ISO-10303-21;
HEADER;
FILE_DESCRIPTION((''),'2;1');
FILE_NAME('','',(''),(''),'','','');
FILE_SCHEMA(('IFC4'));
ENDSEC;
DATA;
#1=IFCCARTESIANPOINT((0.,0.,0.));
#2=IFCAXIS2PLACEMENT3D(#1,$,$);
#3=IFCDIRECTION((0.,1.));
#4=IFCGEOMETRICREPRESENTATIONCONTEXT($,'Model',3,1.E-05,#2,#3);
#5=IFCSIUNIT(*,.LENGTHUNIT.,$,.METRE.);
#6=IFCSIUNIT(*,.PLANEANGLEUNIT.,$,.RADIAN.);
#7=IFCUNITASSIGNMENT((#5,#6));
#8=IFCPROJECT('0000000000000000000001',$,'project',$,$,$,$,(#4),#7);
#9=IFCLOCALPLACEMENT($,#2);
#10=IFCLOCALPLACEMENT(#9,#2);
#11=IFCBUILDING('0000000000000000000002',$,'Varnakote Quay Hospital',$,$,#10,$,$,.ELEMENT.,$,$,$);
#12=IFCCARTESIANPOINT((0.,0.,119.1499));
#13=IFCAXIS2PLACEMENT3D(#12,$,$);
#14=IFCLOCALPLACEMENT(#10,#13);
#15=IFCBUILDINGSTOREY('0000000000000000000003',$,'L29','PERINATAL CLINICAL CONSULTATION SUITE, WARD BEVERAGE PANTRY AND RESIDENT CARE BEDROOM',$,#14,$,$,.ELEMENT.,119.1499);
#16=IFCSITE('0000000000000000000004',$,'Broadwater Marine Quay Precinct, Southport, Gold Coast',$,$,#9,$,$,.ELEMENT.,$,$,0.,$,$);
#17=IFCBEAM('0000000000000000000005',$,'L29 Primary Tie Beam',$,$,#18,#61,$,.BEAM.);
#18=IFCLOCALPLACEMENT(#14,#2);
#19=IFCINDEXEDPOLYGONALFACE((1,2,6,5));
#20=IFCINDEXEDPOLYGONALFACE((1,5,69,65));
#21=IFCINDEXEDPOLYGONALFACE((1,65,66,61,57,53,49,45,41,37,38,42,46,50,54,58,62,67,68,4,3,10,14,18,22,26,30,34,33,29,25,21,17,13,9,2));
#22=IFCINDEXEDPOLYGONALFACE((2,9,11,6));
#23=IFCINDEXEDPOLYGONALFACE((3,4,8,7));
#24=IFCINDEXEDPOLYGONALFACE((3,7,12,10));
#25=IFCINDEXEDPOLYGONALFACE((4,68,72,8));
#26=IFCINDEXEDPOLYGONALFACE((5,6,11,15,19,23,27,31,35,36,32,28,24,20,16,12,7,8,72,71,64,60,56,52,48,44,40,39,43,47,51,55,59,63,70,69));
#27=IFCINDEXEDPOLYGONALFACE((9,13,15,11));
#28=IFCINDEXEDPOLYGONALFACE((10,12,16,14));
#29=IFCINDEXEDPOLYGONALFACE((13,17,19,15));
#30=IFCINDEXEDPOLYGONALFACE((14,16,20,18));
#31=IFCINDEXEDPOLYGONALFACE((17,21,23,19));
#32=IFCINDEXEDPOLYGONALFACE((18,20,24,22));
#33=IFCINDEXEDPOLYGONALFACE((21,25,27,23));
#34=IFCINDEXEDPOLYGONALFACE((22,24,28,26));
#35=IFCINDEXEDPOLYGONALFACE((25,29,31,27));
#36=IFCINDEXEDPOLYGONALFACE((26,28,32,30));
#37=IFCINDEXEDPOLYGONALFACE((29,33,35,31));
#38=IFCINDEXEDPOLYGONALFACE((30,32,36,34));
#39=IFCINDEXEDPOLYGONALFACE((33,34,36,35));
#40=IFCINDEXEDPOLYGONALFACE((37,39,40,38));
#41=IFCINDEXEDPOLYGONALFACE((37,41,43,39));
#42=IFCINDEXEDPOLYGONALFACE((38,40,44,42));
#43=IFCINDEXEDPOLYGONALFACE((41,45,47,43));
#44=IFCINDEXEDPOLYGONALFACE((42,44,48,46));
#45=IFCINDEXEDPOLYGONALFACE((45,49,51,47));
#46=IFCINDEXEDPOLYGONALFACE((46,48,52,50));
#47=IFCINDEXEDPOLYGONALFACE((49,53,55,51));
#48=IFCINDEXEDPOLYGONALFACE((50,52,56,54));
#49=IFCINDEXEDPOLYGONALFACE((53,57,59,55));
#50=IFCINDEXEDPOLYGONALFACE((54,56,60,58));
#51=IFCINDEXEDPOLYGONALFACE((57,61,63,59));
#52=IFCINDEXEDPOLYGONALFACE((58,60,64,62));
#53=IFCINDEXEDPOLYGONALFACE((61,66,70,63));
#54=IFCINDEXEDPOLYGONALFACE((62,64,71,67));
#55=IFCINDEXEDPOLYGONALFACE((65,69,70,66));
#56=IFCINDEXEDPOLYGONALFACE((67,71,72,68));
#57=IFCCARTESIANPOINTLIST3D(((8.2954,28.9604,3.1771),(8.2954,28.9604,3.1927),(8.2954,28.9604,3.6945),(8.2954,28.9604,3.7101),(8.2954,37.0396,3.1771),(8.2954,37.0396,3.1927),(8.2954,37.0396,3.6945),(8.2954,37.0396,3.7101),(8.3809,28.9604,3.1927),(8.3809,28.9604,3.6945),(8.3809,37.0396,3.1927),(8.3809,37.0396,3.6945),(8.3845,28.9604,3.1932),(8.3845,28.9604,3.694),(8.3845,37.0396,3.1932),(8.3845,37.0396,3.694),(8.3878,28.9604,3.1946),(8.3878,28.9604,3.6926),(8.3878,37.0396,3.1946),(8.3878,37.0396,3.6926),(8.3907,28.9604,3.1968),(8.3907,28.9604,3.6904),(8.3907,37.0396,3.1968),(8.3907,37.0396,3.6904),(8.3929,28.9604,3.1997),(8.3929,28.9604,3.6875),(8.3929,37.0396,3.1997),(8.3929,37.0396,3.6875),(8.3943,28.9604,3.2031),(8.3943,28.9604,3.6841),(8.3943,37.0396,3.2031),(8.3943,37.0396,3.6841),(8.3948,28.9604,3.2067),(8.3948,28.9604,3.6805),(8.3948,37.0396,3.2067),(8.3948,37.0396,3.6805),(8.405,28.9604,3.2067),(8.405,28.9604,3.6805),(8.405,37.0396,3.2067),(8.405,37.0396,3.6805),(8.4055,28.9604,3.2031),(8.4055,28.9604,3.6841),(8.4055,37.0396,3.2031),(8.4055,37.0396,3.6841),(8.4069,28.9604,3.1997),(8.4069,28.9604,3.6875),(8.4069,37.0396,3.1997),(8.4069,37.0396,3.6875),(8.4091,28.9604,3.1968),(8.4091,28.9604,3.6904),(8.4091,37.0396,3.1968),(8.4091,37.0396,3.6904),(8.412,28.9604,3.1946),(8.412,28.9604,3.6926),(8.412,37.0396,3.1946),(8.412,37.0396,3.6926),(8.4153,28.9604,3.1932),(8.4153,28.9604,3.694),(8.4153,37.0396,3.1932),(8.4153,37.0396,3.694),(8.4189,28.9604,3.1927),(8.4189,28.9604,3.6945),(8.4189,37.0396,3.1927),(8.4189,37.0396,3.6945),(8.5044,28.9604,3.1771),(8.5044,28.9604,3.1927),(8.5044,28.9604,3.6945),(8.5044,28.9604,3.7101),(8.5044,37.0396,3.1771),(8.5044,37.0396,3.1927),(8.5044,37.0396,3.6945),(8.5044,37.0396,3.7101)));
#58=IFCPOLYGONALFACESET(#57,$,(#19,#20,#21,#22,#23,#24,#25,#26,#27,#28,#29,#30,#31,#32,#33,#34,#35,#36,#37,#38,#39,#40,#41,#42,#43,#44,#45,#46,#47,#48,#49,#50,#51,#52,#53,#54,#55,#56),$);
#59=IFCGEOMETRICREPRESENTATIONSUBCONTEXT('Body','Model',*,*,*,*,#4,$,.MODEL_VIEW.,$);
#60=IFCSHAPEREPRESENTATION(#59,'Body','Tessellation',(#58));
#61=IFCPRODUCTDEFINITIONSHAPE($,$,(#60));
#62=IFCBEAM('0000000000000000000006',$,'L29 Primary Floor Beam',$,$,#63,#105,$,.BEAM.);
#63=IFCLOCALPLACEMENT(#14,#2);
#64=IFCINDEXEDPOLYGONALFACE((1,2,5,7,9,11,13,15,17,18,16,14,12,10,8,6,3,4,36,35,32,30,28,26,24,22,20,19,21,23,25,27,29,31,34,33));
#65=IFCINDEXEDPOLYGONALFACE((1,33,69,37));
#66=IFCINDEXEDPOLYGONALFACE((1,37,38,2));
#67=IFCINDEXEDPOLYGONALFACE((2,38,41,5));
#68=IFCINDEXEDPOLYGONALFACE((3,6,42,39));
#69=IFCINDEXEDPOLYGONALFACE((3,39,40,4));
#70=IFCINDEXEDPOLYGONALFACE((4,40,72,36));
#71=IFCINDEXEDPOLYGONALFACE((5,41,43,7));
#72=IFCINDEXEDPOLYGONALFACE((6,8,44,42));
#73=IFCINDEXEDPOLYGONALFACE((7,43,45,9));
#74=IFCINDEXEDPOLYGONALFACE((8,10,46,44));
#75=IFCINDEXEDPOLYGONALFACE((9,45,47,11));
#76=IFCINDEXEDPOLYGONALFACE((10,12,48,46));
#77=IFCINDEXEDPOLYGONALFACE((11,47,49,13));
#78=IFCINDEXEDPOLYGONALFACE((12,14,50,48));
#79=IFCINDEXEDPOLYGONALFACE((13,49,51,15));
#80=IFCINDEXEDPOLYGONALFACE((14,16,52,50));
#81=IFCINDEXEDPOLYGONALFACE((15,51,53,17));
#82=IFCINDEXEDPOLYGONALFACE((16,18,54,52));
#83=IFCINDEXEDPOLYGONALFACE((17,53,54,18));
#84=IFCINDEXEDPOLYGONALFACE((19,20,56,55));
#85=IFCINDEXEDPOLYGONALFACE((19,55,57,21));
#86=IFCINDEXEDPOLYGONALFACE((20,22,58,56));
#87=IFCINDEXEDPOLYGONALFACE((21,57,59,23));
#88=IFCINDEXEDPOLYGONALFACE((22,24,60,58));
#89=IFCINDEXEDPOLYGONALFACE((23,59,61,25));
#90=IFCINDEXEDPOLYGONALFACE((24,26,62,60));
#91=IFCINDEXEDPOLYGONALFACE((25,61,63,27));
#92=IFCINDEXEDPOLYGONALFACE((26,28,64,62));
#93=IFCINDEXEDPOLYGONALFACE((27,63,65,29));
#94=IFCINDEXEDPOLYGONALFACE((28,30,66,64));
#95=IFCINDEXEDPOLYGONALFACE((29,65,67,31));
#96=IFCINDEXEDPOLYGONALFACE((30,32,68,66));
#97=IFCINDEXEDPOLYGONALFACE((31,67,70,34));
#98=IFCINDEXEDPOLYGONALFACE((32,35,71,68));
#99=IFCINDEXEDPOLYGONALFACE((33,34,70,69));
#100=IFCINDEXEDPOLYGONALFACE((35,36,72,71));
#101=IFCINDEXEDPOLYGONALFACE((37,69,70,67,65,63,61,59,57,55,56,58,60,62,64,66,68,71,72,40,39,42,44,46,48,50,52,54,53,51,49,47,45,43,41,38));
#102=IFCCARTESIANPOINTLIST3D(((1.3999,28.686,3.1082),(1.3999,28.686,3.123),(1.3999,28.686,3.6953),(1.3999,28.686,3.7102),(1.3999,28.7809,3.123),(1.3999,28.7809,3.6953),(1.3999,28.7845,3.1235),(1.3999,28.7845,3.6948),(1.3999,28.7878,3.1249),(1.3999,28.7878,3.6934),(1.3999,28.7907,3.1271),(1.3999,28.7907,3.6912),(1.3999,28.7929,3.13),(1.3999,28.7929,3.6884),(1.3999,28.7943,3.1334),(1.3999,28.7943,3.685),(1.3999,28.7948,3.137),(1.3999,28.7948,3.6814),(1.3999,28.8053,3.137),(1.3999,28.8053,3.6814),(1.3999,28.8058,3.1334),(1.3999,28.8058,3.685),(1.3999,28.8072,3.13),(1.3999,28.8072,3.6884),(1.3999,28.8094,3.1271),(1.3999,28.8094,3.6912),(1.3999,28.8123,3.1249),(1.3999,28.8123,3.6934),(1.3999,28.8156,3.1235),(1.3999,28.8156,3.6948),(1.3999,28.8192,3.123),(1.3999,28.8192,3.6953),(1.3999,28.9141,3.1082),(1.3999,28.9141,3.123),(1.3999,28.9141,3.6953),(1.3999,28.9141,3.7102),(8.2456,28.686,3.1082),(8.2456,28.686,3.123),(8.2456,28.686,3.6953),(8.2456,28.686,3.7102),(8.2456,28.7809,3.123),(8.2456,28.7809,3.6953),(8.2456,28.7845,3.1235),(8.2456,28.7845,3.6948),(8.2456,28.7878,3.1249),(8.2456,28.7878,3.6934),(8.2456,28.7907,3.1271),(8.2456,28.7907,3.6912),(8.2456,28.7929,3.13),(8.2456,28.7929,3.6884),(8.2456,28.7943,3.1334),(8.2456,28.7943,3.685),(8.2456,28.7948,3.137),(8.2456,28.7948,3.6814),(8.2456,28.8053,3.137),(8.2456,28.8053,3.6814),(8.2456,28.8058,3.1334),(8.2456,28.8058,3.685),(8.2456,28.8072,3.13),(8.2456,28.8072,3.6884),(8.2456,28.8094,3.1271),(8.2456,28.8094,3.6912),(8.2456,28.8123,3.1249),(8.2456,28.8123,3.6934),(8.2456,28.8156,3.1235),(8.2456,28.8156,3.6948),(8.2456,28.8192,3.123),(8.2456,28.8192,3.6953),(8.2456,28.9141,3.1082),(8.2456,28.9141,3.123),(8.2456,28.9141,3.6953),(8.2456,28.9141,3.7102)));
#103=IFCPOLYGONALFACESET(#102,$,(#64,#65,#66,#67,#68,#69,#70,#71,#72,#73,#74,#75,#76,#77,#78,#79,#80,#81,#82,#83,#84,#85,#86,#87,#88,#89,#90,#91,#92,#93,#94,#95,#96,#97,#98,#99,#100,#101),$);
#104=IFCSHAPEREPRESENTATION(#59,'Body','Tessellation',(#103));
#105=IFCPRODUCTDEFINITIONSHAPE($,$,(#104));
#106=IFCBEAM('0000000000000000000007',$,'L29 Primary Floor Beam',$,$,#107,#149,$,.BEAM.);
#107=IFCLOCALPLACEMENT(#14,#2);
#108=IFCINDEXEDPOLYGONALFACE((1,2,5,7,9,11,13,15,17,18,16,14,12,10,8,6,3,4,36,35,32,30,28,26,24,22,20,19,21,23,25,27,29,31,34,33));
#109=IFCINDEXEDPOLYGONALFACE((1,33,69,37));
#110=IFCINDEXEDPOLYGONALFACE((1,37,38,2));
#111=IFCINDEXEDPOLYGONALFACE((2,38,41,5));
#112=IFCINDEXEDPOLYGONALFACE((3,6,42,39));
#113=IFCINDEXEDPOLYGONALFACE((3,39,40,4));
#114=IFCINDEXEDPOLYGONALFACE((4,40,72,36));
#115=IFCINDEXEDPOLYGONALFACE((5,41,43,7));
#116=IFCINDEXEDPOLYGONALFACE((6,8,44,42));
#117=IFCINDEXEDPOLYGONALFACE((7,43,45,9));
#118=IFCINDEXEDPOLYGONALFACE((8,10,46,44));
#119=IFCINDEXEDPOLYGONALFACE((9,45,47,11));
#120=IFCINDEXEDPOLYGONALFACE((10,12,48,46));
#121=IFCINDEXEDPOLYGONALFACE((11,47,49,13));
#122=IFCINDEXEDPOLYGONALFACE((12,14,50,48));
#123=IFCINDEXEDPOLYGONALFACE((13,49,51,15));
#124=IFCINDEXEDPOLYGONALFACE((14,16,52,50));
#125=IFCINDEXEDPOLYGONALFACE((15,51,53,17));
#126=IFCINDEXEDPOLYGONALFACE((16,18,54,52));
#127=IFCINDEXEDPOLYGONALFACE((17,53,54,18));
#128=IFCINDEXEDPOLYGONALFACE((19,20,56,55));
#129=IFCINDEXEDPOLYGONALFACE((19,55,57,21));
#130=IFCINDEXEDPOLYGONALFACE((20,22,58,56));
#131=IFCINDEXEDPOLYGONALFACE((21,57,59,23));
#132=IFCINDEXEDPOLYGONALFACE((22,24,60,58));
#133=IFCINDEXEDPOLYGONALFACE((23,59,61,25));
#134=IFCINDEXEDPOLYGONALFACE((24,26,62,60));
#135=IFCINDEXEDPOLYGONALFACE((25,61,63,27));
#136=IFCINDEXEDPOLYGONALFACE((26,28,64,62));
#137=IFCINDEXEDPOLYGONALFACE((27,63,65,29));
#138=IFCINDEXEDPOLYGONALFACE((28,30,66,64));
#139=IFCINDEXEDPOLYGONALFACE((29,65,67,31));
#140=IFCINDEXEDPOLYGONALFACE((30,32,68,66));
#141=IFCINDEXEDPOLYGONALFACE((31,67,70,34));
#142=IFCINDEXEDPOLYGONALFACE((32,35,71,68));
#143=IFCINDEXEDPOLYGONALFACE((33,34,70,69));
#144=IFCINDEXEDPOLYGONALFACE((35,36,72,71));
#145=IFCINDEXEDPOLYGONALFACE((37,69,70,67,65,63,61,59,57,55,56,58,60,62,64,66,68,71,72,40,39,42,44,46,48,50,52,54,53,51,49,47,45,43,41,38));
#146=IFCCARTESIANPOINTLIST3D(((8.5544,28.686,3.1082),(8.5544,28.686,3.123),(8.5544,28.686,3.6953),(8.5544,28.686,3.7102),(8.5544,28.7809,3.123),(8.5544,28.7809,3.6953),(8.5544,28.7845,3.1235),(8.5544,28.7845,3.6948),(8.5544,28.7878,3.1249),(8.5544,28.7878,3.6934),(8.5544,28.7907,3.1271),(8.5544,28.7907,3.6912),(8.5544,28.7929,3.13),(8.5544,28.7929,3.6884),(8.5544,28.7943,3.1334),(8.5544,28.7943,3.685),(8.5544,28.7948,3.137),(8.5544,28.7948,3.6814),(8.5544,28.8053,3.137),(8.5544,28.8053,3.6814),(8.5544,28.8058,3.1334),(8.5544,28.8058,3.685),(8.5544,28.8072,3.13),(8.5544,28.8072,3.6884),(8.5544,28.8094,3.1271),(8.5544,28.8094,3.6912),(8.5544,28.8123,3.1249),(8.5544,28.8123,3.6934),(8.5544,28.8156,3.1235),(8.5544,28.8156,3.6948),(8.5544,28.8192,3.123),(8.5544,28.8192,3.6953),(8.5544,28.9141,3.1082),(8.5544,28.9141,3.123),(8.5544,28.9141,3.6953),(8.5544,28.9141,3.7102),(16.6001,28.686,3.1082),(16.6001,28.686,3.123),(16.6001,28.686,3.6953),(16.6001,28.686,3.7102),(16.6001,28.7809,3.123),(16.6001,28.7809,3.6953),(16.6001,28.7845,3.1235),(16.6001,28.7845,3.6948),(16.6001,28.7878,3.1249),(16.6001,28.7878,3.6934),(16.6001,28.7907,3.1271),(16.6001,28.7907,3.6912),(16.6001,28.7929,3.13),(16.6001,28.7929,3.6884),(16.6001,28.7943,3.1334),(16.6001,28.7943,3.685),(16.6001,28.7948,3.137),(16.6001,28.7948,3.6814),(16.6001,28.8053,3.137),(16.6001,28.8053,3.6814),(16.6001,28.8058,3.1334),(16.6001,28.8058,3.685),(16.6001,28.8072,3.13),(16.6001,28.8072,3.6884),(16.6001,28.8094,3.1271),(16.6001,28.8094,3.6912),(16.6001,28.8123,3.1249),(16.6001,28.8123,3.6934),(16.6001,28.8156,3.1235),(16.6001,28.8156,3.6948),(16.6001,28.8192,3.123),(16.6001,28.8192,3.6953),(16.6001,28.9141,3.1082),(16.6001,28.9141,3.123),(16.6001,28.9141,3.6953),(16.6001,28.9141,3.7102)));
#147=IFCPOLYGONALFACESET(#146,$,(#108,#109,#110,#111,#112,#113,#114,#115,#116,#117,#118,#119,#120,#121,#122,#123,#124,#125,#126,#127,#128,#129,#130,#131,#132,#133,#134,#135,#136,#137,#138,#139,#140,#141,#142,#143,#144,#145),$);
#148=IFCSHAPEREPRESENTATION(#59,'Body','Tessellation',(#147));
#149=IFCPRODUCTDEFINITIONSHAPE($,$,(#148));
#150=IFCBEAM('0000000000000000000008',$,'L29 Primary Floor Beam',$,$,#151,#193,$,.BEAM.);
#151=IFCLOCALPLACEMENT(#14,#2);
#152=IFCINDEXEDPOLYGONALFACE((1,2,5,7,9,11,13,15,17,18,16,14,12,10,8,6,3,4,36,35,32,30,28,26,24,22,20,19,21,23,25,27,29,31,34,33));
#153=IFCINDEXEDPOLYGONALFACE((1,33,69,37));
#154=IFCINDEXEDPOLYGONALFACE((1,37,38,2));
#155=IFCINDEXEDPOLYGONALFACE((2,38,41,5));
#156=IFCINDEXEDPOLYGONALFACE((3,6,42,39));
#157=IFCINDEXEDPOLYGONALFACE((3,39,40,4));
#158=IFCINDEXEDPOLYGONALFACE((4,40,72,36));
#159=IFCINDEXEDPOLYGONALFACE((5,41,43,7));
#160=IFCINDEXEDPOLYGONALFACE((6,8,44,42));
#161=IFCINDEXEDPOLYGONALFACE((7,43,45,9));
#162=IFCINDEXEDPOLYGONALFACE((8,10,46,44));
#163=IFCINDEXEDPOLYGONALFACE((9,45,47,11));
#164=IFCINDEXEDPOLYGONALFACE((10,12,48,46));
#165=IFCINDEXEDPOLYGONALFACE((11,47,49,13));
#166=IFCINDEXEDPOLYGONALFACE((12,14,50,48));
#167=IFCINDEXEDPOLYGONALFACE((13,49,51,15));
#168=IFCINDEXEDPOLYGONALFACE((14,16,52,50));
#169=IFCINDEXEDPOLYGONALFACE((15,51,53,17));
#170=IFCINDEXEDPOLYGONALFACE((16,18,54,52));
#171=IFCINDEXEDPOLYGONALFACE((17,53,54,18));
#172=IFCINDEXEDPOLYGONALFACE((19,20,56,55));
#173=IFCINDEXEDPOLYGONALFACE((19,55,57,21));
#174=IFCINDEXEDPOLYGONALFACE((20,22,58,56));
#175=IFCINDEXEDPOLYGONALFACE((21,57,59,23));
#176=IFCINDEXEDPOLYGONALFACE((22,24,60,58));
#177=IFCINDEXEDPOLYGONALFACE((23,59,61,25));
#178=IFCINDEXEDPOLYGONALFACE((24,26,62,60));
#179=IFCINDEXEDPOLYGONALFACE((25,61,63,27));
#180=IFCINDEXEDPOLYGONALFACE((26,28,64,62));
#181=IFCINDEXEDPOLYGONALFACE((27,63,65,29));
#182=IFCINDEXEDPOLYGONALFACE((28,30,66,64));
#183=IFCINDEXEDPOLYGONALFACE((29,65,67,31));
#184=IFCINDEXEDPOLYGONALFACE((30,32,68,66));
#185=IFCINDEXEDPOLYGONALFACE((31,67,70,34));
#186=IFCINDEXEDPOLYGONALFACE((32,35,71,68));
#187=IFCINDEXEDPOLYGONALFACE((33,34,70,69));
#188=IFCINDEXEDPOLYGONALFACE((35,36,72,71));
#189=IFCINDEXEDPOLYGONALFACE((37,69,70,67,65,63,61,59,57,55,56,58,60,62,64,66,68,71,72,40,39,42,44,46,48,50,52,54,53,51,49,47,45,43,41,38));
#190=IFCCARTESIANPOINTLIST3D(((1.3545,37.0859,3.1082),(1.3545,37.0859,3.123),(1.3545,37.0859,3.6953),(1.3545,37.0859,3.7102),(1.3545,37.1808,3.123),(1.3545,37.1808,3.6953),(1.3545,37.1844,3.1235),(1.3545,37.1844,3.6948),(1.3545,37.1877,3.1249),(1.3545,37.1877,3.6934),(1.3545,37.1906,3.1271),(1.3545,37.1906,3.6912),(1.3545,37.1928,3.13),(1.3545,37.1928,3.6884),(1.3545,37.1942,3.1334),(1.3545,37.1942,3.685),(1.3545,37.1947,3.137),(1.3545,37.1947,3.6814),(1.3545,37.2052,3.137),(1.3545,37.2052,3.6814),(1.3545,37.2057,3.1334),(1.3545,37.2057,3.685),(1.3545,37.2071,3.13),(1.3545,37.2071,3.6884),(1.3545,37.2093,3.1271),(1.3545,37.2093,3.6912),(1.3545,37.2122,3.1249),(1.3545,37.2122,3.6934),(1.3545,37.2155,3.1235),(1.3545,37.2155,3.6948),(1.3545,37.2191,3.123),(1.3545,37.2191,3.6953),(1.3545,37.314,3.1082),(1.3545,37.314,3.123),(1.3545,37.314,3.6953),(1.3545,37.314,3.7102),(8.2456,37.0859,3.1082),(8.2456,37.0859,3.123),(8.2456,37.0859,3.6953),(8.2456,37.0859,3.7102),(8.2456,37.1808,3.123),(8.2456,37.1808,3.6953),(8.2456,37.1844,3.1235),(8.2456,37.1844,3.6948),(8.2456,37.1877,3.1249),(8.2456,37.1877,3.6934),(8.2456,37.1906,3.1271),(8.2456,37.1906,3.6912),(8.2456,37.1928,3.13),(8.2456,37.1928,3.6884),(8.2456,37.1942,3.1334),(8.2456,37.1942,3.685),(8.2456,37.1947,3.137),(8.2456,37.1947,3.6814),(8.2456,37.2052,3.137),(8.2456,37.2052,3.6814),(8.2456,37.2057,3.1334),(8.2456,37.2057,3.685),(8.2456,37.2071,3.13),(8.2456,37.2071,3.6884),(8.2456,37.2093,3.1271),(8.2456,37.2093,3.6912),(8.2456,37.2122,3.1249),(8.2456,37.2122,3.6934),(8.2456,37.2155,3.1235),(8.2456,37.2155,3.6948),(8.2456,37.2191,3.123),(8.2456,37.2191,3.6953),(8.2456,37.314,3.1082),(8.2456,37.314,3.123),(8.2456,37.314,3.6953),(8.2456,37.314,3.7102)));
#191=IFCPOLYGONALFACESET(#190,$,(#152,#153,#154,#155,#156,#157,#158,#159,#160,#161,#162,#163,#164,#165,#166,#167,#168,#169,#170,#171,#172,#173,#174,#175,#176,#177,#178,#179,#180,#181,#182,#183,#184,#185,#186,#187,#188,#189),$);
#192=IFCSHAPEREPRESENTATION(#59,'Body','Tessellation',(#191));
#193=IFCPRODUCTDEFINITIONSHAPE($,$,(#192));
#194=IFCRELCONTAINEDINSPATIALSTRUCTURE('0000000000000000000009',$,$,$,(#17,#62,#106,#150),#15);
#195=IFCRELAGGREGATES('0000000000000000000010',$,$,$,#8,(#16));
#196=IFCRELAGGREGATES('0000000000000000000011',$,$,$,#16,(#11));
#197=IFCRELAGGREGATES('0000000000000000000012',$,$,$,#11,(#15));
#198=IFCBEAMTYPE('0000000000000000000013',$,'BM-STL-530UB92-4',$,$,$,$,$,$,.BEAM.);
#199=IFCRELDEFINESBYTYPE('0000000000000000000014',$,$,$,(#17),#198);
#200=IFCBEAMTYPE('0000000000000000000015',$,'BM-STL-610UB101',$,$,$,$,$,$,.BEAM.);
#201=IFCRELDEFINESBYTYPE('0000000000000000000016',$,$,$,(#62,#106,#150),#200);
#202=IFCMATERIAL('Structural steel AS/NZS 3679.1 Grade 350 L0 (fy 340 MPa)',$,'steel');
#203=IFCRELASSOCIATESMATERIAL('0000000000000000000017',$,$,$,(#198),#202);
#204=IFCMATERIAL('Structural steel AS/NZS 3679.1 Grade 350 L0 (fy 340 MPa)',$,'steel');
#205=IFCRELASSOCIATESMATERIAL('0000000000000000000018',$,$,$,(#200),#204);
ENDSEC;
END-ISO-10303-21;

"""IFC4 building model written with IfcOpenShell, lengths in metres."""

from ifc_helpers import new_model, si_unit, direction, frame, origin, origin_2d, place, context, subcontext, project, spatial, i_section, extrude, material, material_profile, profile_set, type_object, element, save


model = new_model("IFC4")

# Units and contexts
model_context = context("Model", 3, precision=1e-05, world=origin(), true_north=direction((0.0, 1.0)))
body_context = subcontext(model_context, "Body", "Model", "MODEL_VIEW")
ifc_project = project(units=[si_unit("LENGTHUNIT", "METRE"), si_unit("PLANEANGLEUNIT", "RADIAN")], contexts=[model_context])

# Site, building, storey
site_placement = place(None, origin())
site = spatial("IfcSite", under=ifc_project, at=site_placement, Name="Broadwater Marine Quay Precinct, Southport, Gold Coast", CompositionType="ELEMENT", RefElevation=0.0)
building_placement = place(site_placement, origin())
building = spatial("IfcBuilding", under=site, at=building_placement, Name="Varnakote Quay Hospital", CompositionType="ELEMENT")
storey_placement = place(building_placement, frame((0.0, 0.0, 119.1499)))
storey = spatial("IfcBuildingStorey", under=building, at=storey_placement, Name="L29", Description="PERINATAL CLINICAL CONSULTATION SUITE, WARD BEVERAGE PANTRY AND RESIDENT CARE BEDROOM", CompositionType="ELEMENT", Elevation=119.1499)

# Beams
ifc_material_1 = material(Name="Structural steel AS/NZS 3679.1 Grade 350 L0 (fy 340 MPa)", Category="steel")
ifc_material_profile_1 = material_profile(ifc_material_1, i_section(OverallWidth=0.209, OverallDepth=0.533, WebThickness=0.0103, FlangeThickness=0.0156, FilletRadius=0.0139, at=origin_2d()), Name="530UB92.4")
ifc_profile_set_1 = profile_set([ifc_material_profile_1], Name="Structural steel AS/NZS 3679.1 Grade 350 L0 (fy 340 MPa)")
beam_type_1 = type_object("IfcBeamType", Name="BM-STL-530UB92-4", PredefinedType="BEAM", material=ifc_profile_set_1)
beam_1_placement = place(storey_placement, frame((8.3999, 28.9604, 3.4436), z_axis=(0.0, 1.0, 0.0), x_axis=(-1.0, 0.0, 0.0)))
element("IfcBeam", 1, at=beam_1_placement, inside=storey, type_object=beam_type_1, Name="L29 Primary Tie Beam", PredefinedType="BEAM", context=body_context, shape_type="SweptSolid", body=[
    extrude(i_section(OverallWidth=0.209, OverallDepth=0.533, WebThickness=0.0103, FlangeThickness=0.0156, FilletRadius=0.0139, at=origin_2d()), origin(), (0.0, 0.0, 1.0), 8.0791),
])
ifc_material_2 = material(Name="Structural steel AS/NZS 3679.1 Grade 350 L0 (fy 340 MPa)", Category="steel")
ifc_material_profile_2 = material_profile(ifc_material_2, i_section(OverallWidth=0.228, OverallDepth=0.6021, WebThickness=0.0105, FlangeThickness=0.0149, FilletRadius=0.0139, at=origin_2d()), Name="610UB101")
ifc_profile_set_2 = profile_set([ifc_material_profile_2], Name="Structural steel AS/NZS 3679.1 Grade 350 L0 (fy 340 MPa)")
beam_type_2 = type_object("IfcBeamType", Name="BM-STL-610UB101", PredefinedType="BEAM", material=ifc_profile_set_2)
beam_2_placement = place(storey_placement, frame((1.3999, 28.8, 3.4092), z_axis=(1.0, 0.0, 0.0), x_axis=(0.0, 1.0, 0.0)))
element("IfcBeam", 2, at=beam_2_placement, inside=storey, type_object=beam_type_2, Name="L29 Primary Floor Beam", PredefinedType="BEAM", context=body_context, shape_type="SweptSolid", body=[
    extrude(i_section(OverallWidth=0.228, OverallDepth=0.6021, WebThickness=0.0105, FlangeThickness=0.0149, FilletRadius=0.0139, at=origin_2d()), origin(), (0.0, 0.0, 1.0), 6.8457),
])
beam_3_placement = place(storey_placement, frame((8.5544, 28.8, 3.4092), z_axis=(1.0, 0.0, 0.0), x_axis=(0.0, 1.0, 0.0)))
element("IfcBeam", 3, at=beam_3_placement, inside=storey, type_object=beam_type_2, Name="L29 Primary Floor Beam", PredefinedType="BEAM", context=body_context, shape_type="SweptSolid", body=[
    extrude(i_section(OverallWidth=0.228, OverallDepth=0.6021, WebThickness=0.0105, FlangeThickness=0.0149, FilletRadius=0.0139, at=origin_2d()), origin(), (0.0, 0.0, 1.0), 8.0457),
])
beam_4_placement = place(storey_placement, frame((1.3545, 37.2, 3.4092), z_axis=(1.0, 0.0, 0.0), x_axis=(0.0, 1.0, 0.0)))
element("IfcBeam", 4, at=beam_4_placement, inside=storey, type_object=beam_type_2, Name="L29 Primary Floor Beam", PredefinedType="BEAM", context=body_context, shape_type="SweptSolid", body=[
    extrude(i_section(OverallWidth=0.228, OverallDepth=0.6021, WebThickness=0.0105, FlangeThickness=0.0149, FilletRadius=0.0139, at=origin_2d()), origin(), (0.0, 0.0, 1.0), 6.8911),
])

save(model, "model.ifc")
